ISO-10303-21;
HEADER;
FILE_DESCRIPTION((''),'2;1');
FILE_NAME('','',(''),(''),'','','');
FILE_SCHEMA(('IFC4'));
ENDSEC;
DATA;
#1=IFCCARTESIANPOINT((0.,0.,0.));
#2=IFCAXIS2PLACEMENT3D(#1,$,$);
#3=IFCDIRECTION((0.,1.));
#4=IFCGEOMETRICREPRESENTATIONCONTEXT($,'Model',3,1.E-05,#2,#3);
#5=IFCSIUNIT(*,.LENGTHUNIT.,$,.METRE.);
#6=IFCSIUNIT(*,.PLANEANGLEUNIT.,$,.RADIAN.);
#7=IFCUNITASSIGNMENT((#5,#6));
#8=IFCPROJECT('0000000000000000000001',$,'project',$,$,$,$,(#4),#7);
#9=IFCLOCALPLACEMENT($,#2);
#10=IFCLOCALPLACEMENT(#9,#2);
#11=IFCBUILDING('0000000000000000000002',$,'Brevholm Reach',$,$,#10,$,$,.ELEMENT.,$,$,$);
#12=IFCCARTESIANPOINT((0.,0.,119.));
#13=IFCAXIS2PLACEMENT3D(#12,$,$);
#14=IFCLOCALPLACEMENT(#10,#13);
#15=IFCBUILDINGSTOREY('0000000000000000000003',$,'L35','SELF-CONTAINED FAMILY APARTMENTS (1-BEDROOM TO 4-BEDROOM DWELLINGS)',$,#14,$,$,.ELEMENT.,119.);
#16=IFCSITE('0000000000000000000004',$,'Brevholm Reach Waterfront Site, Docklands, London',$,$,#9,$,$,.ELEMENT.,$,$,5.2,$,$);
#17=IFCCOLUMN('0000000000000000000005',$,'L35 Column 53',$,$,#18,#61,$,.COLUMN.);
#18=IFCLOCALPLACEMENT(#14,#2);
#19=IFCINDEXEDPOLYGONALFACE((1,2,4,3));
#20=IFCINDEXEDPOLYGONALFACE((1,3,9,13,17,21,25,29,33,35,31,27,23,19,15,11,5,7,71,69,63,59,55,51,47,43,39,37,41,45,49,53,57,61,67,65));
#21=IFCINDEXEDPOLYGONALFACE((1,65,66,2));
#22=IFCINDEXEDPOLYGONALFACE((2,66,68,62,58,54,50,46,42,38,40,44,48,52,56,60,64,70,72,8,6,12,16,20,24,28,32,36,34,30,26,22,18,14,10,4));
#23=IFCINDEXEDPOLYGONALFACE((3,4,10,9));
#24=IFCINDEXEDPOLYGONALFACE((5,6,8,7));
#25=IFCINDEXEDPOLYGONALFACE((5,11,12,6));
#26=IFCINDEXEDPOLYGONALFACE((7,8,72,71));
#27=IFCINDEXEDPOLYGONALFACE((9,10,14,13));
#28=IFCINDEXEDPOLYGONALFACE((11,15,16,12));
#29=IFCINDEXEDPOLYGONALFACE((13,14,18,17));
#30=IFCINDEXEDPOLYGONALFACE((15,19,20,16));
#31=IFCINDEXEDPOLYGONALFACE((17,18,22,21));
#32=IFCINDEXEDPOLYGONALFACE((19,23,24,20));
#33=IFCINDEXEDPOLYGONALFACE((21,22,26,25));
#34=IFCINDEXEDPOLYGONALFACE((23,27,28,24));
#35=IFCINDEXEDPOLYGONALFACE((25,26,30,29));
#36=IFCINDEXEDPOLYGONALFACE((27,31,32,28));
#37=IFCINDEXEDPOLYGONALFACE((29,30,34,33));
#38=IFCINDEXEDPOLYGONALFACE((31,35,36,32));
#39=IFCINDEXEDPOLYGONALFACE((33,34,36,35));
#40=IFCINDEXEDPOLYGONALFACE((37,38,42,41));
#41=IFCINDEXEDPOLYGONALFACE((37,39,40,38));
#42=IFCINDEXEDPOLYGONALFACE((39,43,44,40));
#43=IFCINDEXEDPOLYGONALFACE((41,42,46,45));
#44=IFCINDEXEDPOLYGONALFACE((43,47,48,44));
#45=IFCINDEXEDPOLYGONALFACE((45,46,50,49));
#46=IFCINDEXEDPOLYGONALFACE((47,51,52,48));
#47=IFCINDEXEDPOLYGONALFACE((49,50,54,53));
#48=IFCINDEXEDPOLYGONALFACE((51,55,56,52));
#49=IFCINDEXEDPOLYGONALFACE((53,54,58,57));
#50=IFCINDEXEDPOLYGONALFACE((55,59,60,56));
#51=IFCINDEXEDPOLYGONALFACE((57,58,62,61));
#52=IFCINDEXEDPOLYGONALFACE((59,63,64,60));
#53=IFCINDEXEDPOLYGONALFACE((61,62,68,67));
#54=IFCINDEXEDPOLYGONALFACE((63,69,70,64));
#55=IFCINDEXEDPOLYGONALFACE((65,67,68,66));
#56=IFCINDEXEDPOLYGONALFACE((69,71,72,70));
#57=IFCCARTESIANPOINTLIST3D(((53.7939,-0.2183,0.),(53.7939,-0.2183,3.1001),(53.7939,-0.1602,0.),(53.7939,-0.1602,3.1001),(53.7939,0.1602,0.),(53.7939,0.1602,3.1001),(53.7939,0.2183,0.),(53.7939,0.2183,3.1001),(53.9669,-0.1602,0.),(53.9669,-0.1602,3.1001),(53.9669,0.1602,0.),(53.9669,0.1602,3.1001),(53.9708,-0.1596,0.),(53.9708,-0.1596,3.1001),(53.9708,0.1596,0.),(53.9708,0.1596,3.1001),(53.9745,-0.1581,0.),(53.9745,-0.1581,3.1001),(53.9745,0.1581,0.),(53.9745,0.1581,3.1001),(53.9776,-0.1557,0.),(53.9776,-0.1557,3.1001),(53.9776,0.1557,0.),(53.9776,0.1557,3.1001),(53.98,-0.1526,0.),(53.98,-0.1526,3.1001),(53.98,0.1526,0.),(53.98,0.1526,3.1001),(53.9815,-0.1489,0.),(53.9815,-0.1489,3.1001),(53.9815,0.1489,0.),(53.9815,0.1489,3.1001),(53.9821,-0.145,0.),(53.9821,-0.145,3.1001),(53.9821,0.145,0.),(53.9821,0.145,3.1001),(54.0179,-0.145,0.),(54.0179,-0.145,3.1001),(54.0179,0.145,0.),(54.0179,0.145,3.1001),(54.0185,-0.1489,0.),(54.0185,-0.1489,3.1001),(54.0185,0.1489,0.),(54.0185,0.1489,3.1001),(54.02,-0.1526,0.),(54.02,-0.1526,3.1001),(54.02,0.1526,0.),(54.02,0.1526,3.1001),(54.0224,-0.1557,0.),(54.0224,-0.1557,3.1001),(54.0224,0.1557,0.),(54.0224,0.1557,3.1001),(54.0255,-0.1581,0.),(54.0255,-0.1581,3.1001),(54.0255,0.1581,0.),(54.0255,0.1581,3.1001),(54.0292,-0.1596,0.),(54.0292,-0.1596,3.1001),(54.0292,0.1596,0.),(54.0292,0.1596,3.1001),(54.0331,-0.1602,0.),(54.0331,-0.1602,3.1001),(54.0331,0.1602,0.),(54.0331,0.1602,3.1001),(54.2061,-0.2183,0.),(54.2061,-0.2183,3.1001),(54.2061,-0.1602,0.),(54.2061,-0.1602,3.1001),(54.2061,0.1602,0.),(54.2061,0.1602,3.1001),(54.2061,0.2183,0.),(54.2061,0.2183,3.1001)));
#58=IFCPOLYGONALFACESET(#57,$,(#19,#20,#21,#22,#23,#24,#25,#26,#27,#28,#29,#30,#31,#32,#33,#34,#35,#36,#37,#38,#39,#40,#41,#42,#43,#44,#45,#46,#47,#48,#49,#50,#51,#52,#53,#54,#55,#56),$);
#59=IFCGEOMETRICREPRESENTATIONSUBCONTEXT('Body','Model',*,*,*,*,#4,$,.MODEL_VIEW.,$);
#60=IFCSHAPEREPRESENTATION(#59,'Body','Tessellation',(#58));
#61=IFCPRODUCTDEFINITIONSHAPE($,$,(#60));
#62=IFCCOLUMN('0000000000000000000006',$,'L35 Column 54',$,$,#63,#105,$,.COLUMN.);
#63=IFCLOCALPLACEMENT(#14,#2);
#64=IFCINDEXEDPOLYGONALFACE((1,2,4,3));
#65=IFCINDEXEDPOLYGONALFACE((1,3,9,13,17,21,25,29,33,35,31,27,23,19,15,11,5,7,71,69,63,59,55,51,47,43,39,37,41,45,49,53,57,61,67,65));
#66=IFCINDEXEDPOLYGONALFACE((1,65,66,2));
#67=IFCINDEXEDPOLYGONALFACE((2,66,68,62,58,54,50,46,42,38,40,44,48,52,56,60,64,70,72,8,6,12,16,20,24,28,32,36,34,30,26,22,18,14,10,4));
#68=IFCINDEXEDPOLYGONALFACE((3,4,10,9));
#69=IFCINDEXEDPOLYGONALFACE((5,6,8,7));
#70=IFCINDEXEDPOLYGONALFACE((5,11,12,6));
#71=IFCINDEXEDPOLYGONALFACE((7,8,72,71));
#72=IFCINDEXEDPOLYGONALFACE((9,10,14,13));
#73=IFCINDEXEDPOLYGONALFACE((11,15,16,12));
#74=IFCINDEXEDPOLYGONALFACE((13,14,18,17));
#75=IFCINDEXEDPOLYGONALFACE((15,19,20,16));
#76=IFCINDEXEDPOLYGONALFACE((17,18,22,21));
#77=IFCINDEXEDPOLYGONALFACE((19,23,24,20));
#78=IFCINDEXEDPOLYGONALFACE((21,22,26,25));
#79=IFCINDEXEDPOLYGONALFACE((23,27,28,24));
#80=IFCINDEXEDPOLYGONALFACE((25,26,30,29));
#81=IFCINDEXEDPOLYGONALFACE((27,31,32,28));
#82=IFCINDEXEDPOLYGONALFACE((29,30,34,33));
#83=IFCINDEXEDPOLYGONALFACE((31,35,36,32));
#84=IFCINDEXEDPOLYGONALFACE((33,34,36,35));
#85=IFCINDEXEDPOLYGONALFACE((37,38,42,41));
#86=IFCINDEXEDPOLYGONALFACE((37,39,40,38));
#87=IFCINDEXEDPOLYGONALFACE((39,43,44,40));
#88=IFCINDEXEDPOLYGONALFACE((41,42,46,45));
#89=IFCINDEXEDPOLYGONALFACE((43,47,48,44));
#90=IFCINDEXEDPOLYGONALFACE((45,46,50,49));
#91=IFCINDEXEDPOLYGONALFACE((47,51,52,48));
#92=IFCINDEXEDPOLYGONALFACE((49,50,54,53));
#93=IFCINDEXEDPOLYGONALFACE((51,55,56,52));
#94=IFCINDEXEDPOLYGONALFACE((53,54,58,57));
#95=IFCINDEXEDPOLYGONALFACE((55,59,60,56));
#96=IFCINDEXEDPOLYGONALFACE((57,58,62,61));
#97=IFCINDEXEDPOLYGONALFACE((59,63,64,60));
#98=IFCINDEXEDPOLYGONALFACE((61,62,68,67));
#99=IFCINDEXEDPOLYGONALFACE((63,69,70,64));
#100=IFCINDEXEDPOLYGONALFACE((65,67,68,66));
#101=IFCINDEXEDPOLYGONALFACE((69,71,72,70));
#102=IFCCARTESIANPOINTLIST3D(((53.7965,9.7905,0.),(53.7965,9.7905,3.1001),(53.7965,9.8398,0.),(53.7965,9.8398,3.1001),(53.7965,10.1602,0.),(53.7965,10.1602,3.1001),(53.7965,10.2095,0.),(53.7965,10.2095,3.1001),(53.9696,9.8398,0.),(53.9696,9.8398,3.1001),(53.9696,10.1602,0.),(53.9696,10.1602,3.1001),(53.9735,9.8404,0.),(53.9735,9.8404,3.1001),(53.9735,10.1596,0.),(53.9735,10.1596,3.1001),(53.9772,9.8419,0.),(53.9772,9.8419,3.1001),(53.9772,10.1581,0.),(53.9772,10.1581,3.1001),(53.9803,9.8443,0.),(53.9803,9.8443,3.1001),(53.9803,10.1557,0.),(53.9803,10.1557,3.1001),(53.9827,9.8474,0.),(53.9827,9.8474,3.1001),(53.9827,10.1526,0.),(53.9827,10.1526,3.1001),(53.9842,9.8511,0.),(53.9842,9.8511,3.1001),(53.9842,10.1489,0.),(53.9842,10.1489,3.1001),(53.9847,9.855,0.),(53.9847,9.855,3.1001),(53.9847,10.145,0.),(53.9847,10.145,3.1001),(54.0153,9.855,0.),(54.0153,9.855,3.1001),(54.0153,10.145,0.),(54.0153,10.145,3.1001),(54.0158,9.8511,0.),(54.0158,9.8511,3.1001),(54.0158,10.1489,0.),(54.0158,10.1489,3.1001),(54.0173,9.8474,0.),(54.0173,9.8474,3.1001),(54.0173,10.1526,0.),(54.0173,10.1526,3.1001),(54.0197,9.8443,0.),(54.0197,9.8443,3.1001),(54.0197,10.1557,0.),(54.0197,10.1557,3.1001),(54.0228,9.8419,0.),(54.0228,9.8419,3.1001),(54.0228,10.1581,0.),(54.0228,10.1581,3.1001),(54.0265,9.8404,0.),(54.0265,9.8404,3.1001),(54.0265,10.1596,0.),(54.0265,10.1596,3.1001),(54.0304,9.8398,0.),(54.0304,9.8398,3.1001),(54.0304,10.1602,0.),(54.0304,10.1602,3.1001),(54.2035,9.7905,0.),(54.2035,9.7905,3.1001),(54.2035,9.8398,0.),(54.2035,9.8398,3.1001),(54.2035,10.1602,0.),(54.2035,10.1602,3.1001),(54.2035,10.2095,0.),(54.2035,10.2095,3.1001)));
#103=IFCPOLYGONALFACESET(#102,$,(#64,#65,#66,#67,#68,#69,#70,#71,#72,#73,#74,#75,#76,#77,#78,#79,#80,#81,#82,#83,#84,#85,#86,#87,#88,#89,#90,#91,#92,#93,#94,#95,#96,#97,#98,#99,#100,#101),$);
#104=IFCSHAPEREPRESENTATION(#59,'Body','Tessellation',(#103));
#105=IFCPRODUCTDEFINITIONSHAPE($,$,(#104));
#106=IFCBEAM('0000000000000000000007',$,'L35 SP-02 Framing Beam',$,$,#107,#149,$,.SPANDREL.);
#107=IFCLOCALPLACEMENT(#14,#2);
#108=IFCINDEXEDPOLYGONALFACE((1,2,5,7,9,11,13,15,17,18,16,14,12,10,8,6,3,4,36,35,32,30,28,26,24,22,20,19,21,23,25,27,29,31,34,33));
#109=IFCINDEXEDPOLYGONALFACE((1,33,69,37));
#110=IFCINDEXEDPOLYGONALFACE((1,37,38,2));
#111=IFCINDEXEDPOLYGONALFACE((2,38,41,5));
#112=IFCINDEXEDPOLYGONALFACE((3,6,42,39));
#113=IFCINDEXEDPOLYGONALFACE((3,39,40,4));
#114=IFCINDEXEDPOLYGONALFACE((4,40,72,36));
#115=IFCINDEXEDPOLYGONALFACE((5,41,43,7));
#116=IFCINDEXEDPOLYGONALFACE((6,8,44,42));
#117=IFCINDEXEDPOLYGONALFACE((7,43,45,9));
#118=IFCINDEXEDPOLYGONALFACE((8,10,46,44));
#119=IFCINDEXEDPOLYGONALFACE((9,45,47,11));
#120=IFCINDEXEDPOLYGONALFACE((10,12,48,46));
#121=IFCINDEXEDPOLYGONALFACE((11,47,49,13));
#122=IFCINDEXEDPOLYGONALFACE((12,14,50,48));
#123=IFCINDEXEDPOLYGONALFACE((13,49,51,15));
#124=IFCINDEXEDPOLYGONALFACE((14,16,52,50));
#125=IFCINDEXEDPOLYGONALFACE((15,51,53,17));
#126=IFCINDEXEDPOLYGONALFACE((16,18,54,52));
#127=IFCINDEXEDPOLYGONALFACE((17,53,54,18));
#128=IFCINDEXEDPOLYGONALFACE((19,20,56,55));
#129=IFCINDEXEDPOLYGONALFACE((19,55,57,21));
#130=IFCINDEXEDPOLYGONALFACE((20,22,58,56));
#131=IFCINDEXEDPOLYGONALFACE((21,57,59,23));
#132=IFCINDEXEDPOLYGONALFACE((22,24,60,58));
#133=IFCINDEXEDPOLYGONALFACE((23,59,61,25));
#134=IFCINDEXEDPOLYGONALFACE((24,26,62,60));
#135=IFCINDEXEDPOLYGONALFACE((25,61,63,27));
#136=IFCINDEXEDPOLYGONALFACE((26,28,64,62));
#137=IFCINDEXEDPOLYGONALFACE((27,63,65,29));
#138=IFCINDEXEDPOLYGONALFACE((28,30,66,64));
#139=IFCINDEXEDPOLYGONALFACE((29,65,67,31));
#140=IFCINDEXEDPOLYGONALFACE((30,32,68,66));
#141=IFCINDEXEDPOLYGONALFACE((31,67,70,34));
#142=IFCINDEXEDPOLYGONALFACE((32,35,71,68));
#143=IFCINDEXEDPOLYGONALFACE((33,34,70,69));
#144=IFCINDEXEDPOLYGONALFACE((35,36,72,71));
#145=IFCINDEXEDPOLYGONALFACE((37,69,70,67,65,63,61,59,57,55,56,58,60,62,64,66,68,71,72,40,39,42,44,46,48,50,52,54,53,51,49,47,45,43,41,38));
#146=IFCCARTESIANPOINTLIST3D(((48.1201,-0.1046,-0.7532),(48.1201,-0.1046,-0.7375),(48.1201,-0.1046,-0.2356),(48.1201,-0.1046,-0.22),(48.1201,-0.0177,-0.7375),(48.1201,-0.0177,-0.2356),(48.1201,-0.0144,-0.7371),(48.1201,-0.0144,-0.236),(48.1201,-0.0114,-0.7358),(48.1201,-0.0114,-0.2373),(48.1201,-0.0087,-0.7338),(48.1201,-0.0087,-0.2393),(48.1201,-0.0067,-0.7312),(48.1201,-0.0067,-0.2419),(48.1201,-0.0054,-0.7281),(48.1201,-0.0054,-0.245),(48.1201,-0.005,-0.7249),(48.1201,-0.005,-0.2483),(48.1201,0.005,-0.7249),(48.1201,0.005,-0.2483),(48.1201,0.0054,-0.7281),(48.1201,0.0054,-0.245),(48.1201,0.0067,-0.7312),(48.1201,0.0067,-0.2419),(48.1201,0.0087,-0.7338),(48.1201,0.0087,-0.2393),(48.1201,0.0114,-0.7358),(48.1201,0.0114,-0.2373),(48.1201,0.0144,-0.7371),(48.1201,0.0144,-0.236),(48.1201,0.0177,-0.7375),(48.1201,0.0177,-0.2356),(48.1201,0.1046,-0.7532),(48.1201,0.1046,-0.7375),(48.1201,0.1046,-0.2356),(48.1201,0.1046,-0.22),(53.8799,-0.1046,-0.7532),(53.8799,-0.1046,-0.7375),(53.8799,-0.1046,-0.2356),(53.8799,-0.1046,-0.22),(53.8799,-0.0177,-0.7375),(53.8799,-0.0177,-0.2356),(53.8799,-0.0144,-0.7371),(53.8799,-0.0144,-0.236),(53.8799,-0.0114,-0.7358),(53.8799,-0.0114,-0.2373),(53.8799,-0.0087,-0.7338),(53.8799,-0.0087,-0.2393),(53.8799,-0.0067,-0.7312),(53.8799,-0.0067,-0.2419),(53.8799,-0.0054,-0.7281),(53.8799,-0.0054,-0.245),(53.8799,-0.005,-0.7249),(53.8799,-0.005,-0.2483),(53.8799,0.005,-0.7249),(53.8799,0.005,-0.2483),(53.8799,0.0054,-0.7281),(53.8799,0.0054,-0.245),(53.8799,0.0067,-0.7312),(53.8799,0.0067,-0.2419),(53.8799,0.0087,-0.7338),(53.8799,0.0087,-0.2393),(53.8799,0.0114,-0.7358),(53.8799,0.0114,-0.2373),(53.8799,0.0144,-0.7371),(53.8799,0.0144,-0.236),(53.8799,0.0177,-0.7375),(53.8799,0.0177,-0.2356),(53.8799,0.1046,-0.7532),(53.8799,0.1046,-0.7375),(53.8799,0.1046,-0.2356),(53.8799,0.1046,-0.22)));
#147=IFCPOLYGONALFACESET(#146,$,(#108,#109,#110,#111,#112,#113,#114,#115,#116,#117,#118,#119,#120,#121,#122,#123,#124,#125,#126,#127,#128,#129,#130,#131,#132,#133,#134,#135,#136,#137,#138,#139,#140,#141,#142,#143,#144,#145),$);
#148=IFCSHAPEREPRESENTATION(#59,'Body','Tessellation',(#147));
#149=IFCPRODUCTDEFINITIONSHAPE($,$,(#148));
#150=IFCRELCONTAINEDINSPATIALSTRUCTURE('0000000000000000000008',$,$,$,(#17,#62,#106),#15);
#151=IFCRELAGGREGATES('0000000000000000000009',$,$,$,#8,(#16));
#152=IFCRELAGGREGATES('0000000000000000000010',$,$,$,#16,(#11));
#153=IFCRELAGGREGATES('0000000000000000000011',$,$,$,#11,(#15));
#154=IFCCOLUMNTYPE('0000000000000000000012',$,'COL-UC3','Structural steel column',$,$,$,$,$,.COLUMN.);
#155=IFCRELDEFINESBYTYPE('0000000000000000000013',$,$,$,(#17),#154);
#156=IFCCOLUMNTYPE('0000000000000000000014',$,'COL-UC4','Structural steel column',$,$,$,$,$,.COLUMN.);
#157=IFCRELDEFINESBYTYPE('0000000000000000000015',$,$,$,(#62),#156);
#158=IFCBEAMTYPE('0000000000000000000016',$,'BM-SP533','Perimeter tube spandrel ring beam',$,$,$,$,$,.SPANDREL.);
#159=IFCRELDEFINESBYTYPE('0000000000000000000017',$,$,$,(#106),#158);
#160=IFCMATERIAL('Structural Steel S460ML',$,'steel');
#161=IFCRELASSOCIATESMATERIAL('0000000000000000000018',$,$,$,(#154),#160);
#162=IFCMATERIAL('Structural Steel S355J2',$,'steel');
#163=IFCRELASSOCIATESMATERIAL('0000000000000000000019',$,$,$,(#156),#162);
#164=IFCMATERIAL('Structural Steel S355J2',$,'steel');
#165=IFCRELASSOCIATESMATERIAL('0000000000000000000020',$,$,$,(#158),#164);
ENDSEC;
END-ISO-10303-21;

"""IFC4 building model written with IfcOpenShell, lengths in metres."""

from ifc_helpers import new_model, si_unit, direction, frame, origin, origin_2d, place, context, subcontext, project, spatial, i_section, extrude, material, material_profile, profile_set, type_object, element, save


model = new_model("IFC4")

# Units and contexts
model_context = context("Model", 3, precision=1e-05, world=origin(), true_north=direction((0.0, 1.0)))
body_context = subcontext(model_context, "Body", "Model", "MODEL_VIEW")
ifc_project = project(units=[si_unit("LENGTHUNIT", "METRE"), si_unit("PLANEANGLEUNIT", "RADIAN")], contexts=[model_context])

# Site, building, storey
site_placement = place(None, origin())
site = spatial("IfcSite", under=ifc_project, at=site_placement, Name="Brevholm Reach Waterfront Site, Docklands, London", CompositionType="ELEMENT", RefElevation=5.2)
building_placement = place(site_placement, origin())
building = spatial("IfcBuilding", under=site, at=building_placement, Name="Brevholm Reach", CompositionType="ELEMENT")
storey_placement = place(building_placement, frame((0.0, 0.0, 119.0)))
storey = spatial("IfcBuildingStorey", under=building, at=storey_placement, Name="L35", Description="SELF-CONTAINED FAMILY APARTMENTS (1-BEDROOM TO 4-BEDROOM DWELLINGS)", CompositionType="ELEMENT", Elevation=119.0)

# Columns
ifc_material_1 = material(Name="Structural Steel S460ML", Category="steel")
ifc_material_profile_1 = material_profile(ifc_material_1, i_section(OverallWidth=0.4121, OverallDepth=0.4365, WebThickness=0.0359, FlangeThickness=0.0581, FilletRadius=0.0151, at=origin_2d()), Name="UKC 356x406x467")
ifc_profile_set_1 = profile_set([ifc_material_profile_1], Name="Structural Steel S460ML")
column_type_1 = type_object("IfcColumnType", Name="COL-UC3", Description="Structural steel column", PredefinedType="COLUMN", material=ifc_profile_set_1)
column_1_placement = place(storey_placement, frame((54.0, 0.0, 0.0), z_axis=(0.0, 0.0, 1.0), x_axis=(1.0, 0.0, 0.0)))
element("IfcColumn", 1, at=column_1_placement, inside=storey, type_object=column_type_1, Name="L35 Column 53", PredefinedType="COLUMN", context=body_context, shape_type="SweptSolid", body=[
    extrude(i_section(OverallWidth=0.4121, OverallDepth=0.4365, WebThickness=0.0359, FlangeThickness=0.0581, FilletRadius=0.0151, at=origin_2d()), origin(), (0.0, 0.0, 1.0), 3.1001),
])
ifc_material_2 = material(Name="Structural Steel S355J2", Category="steel")
ifc_material_profile_2 = material_profile(ifc_material_2, i_section(OverallWidth=0.407, OverallDepth=0.4189, WebThickness=0.0305, FlangeThickness=0.0493, FilletRadius=0.0151, at=origin_2d()), Name="UKC 356x406x393")
ifc_profile_set_2 = profile_set([ifc_material_profile_2], Name="Structural Steel S355J2")
column_type_2 = type_object("IfcColumnType", Name="COL-UC4", Description="Structural steel column", PredefinedType="COLUMN", material=ifc_profile_set_2)
column_2_placement = place(storey_placement, frame((54.0, 10.0, 0.0), z_axis=(0.0, 0.0, 1.0), x_axis=(1.0, 0.0, 0.0)))
element("IfcColumn", 2, at=column_2_placement, inside=storey, type_object=column_type_2, Name="L35 Column 54", PredefinedType="COLUMN", context=body_context, shape_type="SweptSolid", body=[
    extrude(i_section(OverallWidth=0.407, OverallDepth=0.4189, WebThickness=0.0305, FlangeThickness=0.0493, FilletRadius=0.0151, at=origin_2d()), origin(), (0.0, 0.0, 1.0), 3.1001),
])

# Beam
ifc_material_3 = material(Name="Structural Steel S355J2", Category="steel")
ifc_material_profile_3 = material_profile(ifc_material_3, i_section(OverallWidth=0.2092, OverallDepth=0.5332, WebThickness=0.01, FlangeThickness=0.0156, FilletRadius=0.0127, at=origin_2d()), Name="UKB 533x210x92")
ifc_profile_set_3 = profile_set([ifc_material_profile_3], Name="Structural Steel S355J2")
beam_type_1 = type_object("IfcBeamType", Name="BM-SP533", Description="Perimeter tube spandrel ring beam", PredefinedType="SPANDREL", material=ifc_profile_set_3)
beam_1_placement = place(storey_placement, frame((48.1201, 0.0, -0.4866), z_axis=(1.0, 0.0, 0.0), x_axis=(0.0, 1.0, 0.0)))
element("IfcBeam", 3, at=beam_1_placement, inside=storey, type_object=beam_type_1, Name="L35 SP-02 Framing Beam", PredefinedType="SPANDREL", context=body_context, shape_type="SweptSolid", body=[
    extrude(i_section(OverallWidth=0.2092, OverallDepth=0.5332, WebThickness=0.01, FlangeThickness=0.0156, FilletRadius=0.0127, at=origin_2d()), origin(), (0.0, 0.0, 1.0), 5.7598),
])

save(model, "model.ifc")
